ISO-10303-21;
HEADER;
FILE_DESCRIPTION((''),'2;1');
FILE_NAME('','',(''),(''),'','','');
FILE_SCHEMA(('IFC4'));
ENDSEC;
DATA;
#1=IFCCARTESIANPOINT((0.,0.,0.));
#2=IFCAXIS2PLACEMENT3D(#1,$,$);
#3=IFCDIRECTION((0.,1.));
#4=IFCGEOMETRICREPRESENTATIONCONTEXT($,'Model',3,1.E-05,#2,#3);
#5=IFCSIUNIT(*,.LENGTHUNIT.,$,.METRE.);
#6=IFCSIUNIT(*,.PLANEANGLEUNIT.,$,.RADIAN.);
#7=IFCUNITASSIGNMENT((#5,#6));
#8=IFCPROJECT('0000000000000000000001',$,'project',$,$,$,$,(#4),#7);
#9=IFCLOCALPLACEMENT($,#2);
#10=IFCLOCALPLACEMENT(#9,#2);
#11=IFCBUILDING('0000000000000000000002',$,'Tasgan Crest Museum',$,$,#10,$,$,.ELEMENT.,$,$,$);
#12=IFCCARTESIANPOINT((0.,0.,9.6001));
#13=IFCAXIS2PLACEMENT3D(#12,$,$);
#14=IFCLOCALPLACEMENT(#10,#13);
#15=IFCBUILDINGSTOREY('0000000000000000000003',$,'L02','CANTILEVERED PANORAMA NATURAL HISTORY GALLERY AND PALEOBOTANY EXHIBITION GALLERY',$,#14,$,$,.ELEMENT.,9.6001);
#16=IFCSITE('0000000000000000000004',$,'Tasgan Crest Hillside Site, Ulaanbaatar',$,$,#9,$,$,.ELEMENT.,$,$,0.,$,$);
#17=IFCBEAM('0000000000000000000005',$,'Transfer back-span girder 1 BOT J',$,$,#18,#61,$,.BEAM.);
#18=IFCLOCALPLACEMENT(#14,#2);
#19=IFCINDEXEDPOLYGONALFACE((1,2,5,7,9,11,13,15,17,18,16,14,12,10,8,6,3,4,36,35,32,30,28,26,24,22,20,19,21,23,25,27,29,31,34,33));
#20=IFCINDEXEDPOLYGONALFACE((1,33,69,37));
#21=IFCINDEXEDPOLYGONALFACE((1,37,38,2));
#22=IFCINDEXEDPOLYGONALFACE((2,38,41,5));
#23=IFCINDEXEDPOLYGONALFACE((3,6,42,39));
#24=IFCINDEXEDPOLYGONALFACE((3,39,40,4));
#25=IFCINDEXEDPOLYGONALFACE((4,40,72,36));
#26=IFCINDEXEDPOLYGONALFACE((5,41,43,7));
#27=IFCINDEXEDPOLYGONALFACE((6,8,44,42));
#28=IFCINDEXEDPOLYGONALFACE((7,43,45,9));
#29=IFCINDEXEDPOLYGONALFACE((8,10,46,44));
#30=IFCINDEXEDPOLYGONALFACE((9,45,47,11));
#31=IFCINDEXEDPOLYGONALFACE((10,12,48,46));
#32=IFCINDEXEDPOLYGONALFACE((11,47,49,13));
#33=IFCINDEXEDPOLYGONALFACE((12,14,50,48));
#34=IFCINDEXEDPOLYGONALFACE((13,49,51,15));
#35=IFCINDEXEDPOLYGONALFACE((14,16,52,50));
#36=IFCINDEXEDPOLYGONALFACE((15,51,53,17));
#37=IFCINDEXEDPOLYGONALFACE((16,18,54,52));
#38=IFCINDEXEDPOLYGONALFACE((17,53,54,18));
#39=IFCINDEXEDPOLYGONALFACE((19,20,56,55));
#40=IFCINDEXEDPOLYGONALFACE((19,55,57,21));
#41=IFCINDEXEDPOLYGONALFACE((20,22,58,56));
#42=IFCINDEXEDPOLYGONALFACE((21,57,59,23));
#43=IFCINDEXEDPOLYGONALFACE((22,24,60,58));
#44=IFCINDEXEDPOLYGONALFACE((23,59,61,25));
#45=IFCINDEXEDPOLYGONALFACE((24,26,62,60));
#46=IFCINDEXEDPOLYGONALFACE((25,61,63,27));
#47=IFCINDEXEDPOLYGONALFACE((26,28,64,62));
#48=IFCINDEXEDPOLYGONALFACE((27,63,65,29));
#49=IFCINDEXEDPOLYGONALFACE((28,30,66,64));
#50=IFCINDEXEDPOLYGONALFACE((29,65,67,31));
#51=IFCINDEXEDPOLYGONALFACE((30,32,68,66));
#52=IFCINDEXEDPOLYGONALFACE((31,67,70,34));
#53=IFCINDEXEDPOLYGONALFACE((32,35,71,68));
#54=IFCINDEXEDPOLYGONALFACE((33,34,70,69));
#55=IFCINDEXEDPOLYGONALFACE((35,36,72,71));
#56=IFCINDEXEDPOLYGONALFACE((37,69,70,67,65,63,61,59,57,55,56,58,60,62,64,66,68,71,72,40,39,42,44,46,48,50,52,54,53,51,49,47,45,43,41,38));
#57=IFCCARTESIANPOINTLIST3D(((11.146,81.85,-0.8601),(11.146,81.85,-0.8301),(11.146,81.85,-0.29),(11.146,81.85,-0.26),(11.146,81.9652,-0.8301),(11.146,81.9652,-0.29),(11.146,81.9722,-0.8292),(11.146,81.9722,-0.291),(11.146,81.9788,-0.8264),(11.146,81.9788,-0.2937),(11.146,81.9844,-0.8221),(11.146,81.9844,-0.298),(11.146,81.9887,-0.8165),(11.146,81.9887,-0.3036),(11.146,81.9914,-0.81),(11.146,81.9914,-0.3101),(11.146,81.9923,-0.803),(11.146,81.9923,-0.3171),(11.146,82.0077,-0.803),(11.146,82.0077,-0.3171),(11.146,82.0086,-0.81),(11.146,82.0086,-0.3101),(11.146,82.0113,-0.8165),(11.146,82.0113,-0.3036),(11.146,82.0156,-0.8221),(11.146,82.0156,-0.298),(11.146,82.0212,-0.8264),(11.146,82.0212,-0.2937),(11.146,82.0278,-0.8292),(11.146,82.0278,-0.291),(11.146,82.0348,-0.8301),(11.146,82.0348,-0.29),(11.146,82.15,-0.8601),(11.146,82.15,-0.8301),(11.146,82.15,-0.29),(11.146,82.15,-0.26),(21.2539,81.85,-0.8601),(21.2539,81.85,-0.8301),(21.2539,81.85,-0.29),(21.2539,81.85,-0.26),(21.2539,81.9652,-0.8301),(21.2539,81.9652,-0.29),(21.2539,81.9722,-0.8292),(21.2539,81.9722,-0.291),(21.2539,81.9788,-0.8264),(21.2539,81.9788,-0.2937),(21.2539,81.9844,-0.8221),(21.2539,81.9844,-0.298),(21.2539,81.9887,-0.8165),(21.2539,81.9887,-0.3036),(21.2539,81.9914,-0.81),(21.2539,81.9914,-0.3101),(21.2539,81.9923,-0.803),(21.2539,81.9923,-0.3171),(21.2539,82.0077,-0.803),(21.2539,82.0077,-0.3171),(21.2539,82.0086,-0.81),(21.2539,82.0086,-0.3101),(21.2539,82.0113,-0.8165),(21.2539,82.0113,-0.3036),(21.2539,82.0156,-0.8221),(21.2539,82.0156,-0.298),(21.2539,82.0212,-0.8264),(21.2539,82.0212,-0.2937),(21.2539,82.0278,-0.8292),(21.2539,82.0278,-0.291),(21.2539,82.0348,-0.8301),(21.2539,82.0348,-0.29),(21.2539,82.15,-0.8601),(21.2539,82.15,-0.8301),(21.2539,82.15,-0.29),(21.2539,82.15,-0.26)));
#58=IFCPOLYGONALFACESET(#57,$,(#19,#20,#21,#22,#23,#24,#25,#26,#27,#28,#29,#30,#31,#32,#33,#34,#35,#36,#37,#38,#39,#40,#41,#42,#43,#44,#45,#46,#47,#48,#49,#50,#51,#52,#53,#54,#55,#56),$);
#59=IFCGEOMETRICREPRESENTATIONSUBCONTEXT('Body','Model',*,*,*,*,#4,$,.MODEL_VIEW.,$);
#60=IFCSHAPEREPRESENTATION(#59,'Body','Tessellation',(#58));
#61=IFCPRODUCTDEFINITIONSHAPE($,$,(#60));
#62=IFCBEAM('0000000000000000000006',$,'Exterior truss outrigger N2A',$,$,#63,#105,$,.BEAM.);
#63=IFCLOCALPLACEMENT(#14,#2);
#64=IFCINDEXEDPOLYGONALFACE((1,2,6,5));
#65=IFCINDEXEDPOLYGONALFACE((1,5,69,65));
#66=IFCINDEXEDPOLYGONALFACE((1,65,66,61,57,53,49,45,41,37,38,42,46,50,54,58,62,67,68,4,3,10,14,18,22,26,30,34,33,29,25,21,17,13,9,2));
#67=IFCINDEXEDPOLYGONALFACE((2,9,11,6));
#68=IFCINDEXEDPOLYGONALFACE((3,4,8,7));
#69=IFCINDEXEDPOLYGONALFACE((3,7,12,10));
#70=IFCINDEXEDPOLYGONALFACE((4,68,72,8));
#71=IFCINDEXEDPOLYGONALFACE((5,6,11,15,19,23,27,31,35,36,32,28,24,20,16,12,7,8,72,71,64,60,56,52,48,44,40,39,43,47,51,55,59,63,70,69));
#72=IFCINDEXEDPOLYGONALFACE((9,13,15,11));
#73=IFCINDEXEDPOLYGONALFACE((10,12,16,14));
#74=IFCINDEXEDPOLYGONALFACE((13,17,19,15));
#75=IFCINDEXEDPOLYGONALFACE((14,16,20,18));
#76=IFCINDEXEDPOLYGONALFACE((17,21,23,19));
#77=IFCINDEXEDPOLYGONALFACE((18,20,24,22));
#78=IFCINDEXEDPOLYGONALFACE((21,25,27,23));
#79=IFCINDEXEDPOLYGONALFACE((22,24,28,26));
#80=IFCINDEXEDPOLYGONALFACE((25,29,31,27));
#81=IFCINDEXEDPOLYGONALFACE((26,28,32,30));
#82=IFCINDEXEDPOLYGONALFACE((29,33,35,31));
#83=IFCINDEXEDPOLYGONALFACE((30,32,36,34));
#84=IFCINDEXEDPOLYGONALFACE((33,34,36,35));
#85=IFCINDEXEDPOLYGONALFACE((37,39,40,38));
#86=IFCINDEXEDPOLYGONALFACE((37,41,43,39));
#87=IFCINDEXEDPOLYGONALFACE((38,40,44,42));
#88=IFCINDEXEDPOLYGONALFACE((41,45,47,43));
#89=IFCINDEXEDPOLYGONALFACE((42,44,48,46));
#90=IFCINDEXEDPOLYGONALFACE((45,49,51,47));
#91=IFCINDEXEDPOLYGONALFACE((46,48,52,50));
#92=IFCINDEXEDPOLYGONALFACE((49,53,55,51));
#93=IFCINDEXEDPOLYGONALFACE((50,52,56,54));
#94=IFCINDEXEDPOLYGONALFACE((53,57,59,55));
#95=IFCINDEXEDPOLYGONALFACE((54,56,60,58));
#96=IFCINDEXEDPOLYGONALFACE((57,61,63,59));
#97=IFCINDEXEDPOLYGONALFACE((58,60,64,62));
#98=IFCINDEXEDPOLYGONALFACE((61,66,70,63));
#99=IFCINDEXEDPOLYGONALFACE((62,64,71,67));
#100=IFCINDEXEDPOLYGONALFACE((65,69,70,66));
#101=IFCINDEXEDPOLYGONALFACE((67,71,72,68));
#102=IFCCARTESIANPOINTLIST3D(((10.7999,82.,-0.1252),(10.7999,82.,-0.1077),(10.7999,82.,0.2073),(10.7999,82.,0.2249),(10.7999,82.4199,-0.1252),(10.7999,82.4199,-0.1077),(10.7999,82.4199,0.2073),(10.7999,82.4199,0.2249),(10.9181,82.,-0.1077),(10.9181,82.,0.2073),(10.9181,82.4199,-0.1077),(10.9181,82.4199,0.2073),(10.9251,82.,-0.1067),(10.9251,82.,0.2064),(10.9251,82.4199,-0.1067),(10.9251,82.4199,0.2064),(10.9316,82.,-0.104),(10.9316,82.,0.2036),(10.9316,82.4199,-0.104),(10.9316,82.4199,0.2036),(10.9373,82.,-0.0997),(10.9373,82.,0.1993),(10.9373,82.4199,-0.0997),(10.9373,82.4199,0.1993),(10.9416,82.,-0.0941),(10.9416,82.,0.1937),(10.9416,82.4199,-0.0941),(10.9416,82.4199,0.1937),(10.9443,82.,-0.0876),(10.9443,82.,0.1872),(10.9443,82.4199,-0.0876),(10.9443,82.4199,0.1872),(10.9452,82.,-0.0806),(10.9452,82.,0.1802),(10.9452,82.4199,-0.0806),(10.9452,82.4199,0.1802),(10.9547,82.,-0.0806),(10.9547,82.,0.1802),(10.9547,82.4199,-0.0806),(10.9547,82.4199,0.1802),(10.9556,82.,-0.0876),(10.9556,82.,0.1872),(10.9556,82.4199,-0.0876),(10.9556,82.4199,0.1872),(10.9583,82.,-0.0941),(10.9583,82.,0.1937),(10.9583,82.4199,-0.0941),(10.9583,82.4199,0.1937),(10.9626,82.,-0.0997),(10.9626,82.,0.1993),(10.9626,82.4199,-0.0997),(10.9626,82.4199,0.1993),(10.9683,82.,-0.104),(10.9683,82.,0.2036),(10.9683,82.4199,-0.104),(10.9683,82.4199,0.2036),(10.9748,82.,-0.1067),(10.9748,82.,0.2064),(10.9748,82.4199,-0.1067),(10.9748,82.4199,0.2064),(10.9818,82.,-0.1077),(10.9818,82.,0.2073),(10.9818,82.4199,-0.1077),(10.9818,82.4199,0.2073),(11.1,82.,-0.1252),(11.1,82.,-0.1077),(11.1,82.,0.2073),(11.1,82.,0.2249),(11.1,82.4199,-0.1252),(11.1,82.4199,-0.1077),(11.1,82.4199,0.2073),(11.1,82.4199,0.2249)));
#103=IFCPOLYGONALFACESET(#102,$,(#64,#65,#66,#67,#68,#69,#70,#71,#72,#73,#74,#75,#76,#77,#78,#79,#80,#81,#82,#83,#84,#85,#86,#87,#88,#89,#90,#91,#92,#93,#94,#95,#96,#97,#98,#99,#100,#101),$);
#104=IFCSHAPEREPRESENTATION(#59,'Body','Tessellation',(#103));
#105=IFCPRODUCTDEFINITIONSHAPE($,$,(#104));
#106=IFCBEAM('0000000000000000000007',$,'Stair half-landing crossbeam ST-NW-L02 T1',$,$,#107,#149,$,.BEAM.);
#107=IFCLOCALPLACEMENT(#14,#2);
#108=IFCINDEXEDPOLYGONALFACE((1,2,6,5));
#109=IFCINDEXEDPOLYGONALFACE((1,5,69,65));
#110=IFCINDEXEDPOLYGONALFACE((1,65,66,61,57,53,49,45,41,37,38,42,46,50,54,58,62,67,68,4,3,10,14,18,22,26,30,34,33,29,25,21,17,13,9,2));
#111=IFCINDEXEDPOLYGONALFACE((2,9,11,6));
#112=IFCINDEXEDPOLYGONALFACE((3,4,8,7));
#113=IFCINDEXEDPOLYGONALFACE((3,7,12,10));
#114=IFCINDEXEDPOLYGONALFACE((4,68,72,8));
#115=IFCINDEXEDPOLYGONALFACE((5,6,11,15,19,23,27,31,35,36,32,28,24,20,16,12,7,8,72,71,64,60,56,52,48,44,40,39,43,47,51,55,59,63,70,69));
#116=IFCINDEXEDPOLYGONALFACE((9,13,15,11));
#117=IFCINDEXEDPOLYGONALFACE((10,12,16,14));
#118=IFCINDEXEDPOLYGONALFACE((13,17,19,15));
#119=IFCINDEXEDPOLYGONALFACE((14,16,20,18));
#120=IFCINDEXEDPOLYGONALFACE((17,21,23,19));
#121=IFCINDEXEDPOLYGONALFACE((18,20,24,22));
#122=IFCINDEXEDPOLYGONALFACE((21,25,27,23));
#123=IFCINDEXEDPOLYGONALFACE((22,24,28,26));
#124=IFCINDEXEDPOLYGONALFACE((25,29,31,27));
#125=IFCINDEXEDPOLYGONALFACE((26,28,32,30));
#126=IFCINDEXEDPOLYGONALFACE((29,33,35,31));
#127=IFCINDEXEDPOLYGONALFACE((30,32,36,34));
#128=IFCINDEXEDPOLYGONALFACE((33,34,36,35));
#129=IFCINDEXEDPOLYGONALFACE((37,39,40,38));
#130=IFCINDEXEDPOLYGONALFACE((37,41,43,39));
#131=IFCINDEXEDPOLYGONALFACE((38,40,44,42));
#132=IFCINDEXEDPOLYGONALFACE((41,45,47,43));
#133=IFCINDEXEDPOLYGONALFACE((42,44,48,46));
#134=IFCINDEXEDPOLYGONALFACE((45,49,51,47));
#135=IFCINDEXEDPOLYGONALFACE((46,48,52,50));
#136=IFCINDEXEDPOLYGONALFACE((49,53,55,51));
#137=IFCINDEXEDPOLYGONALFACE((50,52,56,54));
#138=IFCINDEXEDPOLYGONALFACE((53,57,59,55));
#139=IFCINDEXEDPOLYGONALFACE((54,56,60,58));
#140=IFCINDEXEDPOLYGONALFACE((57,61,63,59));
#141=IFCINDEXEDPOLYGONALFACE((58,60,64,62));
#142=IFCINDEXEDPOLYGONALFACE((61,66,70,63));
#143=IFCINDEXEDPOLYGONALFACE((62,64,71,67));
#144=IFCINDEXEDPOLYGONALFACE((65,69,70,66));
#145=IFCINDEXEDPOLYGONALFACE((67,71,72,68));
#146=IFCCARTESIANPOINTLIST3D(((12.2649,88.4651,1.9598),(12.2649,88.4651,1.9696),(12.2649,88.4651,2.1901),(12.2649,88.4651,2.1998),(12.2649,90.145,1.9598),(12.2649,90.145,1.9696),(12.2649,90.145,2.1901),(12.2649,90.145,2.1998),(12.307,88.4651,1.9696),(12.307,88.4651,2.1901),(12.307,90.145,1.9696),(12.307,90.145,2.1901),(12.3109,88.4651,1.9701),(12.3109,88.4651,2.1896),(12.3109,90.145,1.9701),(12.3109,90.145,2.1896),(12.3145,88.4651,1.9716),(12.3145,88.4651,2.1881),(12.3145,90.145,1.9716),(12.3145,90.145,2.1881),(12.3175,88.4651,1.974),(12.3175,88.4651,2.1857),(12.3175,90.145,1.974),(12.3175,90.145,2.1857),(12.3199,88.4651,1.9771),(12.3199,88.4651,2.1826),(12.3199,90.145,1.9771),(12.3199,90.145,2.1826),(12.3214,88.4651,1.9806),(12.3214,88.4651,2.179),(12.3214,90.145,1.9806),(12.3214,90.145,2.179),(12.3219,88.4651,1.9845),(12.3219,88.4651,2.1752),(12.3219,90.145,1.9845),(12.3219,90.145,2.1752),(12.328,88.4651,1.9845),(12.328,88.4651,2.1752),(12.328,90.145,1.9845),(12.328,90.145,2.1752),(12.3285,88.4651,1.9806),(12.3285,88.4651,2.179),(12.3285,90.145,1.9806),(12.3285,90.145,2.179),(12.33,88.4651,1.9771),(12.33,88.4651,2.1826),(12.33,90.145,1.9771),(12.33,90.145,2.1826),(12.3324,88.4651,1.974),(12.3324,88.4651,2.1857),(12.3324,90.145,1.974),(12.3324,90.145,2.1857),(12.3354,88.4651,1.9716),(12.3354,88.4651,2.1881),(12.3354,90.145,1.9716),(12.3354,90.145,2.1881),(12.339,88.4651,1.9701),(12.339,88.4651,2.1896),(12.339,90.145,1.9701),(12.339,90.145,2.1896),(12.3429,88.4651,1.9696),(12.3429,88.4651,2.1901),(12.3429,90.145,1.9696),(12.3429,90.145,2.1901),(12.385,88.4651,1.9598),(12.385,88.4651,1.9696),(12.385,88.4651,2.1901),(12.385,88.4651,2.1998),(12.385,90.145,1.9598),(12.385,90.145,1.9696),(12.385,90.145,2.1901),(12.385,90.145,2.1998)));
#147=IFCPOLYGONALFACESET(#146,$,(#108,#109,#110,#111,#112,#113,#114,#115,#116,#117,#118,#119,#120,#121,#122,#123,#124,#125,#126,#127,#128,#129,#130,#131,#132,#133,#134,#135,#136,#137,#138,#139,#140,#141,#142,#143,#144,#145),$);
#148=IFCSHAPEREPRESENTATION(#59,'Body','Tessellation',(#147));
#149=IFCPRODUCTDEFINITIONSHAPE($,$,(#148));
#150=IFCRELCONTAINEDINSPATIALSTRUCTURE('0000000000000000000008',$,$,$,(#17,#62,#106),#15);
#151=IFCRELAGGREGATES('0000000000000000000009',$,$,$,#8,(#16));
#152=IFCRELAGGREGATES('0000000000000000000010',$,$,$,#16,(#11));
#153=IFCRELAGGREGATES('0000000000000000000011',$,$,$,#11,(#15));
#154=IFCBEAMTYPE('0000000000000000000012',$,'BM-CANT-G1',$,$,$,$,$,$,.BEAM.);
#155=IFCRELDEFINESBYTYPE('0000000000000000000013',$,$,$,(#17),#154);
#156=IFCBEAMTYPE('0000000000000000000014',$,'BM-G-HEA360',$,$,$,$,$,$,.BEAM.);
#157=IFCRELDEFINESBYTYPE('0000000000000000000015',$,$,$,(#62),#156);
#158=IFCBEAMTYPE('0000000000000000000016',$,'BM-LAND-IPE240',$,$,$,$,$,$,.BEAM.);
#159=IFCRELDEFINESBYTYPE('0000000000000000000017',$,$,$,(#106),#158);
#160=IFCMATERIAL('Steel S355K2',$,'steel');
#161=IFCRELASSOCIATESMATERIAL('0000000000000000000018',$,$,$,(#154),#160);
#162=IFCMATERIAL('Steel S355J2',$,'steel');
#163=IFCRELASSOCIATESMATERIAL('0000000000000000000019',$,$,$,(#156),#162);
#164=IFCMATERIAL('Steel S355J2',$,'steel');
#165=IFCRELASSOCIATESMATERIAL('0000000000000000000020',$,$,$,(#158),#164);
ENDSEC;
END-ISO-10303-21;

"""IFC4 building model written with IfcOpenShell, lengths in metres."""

from ifc_helpers import new_model, si_unit, direction, frame, origin, origin_2d, place, context, subcontext, project, spatial, i_section, extrude, material, material_profile, profile_set, type_object, element, save


model = new_model("IFC4")

# Units and contexts
model_context = context("Model", 3, precision=1e-05, world=origin(), true_north=direction((0.0, 1.0)))
body_context = subcontext(model_context, "Body", "Model", "MODEL_VIEW")
ifc_project = project(units=[si_unit("LENGTHUNIT", "METRE"), si_unit("PLANEANGLEUNIT", "RADIAN")], contexts=[model_context])

# Site, building, storey
site_placement = place(None, origin())
site = spatial("IfcSite", under=ifc_project, at=site_placement, Name="Tasgan Crest Hillside Site, Ulaanbaatar", CompositionType="ELEMENT", RefElevation=0.0)
building_placement = place(site_placement, origin())
building = spatial("IfcBuilding", under=site, at=building_placement, Name="Tasgan Crest Museum", CompositionType="ELEMENT")
storey_placement = place(building_placement, frame((0.0, 0.0, 9.6001)))
storey = spatial("IfcBuildingStorey", under=building, at=storey_placement, Name="L02", Description="CANTILEVERED PANORAMA NATURAL HISTORY GALLERY AND PALEOBOTANY EXHIBITION GALLERY", CompositionType="ELEMENT", Elevation=9.6001)

# Beams
ifc_material_1 = material(Name="Steel S355K2", Category="steel")
ifc_material_profile_1 = material_profile(ifc_material_1, i_section(OverallWidth=0.3, OverallDepth=0.6001, WebThickness=0.0154, FlangeThickness=0.03, FilletRadius=0.0271, at=origin_2d()), Name="HEB 600")
ifc_profile_set_1 = profile_set([ifc_material_profile_1], Name="Steel S355K2")
beam_type_1 = type_object("IfcBeamType", Name="BM-CANT-G1", PredefinedType="BEAM", material=ifc_profile_set_1)
beam_1_placement = place(storey_placement, frame((11.146, 82.0, -0.5601), z_axis=(1.0, 0.0, 0.0), x_axis=(0.0, 1.0, 0.0)))
element("IfcBeam", 1, at=beam_1_placement, inside=storey, type_object=beam_type_1, Name="Transfer back-span girder 1 BOT J", PredefinedType="BEAM", context=body_context, shape_type="SweptSolid", body=[
    extrude(i_section(OverallWidth=0.3, OverallDepth=0.6001, WebThickness=0.0154, FlangeThickness=0.03, FilletRadius=0.0271, at=origin_2d()), origin(), (0.0, 0.0, 1.0), 10.1079),
])
ifc_material_2 = material(Name="Steel S355J2", Category="steel")
ifc_material_profile_2 = material_profile(ifc_material_2, i_section(OverallWidth=0.3, OverallDepth=0.3501, WebThickness=0.0095, FlangeThickness=0.0176, FilletRadius=0.0271, at=origin_2d()), Name="HEA 360")
ifc_profile_set_2 = profile_set([ifc_material_profile_2], Name="Steel S355J2")
beam_type_2 = type_object("IfcBeamType", Name="BM-G-HEA360", PredefinedType="BEAM", material=ifc_profile_set_2)
beam_2_placement = place(storey_placement, frame((10.95, 82.0, 0.0498), z_axis=(0.0, 1.0, 0.0), x_axis=(-1.0, 0.0, 0.0)))
element("IfcBeam", 2, at=beam_2_placement, inside=storey, type_object=beam_type_2, Name="Exterior truss outrigger N2A", PredefinedType="BEAM", context=body_context, shape_type="SweptSolid", body=[
    extrude(i_section(OverallWidth=0.3, OverallDepth=0.3501, WebThickness=0.0095, FlangeThickness=0.0176, FilletRadius=0.0271, at=origin_2d()), origin(), (0.0, 0.0, 1.0), 0.4199),
])
ifc_material_3 = material(Name="Steel S355J2", Category="steel")
ifc_material_profile_3 = material_profile(ifc_material_3, i_section(OverallWidth=0.1201, OverallDepth=0.24, WebThickness=0.0061, FlangeThickness=0.0098, FilletRadius=0.0149, at=origin_2d()), Name="IPE 240")
ifc_profile_set_3 = profile_set([ifc_material_profile_3], Name="Steel S355J2")
beam_type_3 = type_object("IfcBeamType", Name="BM-LAND-IPE240", PredefinedType="BEAM", material=ifc_profile_set_3)
beam_3_placement = place(storey_placement, frame((12.325, 88.4651, 2.0798), z_axis=(0.0, 1.0, 0.0), x_axis=(-1.0, 0.0, 0.0)))
element("IfcBeam", 3, at=beam_3_placement, inside=storey, type_object=beam_type_3, Name="Stair half-landing crossbeam ST-NW-L02 T1", PredefinedType="BEAM", context=body_context, shape_type="SweptSolid", body=[
    extrude(i_section(OverallWidth=0.1201, OverallDepth=0.24, WebThickness=0.0061, FlangeThickness=0.0098, FilletRadius=0.0149, at=origin_2d()), origin(), (0.0, 0.0, 1.0), 1.6799),
])

save(model, "model.ifc")
